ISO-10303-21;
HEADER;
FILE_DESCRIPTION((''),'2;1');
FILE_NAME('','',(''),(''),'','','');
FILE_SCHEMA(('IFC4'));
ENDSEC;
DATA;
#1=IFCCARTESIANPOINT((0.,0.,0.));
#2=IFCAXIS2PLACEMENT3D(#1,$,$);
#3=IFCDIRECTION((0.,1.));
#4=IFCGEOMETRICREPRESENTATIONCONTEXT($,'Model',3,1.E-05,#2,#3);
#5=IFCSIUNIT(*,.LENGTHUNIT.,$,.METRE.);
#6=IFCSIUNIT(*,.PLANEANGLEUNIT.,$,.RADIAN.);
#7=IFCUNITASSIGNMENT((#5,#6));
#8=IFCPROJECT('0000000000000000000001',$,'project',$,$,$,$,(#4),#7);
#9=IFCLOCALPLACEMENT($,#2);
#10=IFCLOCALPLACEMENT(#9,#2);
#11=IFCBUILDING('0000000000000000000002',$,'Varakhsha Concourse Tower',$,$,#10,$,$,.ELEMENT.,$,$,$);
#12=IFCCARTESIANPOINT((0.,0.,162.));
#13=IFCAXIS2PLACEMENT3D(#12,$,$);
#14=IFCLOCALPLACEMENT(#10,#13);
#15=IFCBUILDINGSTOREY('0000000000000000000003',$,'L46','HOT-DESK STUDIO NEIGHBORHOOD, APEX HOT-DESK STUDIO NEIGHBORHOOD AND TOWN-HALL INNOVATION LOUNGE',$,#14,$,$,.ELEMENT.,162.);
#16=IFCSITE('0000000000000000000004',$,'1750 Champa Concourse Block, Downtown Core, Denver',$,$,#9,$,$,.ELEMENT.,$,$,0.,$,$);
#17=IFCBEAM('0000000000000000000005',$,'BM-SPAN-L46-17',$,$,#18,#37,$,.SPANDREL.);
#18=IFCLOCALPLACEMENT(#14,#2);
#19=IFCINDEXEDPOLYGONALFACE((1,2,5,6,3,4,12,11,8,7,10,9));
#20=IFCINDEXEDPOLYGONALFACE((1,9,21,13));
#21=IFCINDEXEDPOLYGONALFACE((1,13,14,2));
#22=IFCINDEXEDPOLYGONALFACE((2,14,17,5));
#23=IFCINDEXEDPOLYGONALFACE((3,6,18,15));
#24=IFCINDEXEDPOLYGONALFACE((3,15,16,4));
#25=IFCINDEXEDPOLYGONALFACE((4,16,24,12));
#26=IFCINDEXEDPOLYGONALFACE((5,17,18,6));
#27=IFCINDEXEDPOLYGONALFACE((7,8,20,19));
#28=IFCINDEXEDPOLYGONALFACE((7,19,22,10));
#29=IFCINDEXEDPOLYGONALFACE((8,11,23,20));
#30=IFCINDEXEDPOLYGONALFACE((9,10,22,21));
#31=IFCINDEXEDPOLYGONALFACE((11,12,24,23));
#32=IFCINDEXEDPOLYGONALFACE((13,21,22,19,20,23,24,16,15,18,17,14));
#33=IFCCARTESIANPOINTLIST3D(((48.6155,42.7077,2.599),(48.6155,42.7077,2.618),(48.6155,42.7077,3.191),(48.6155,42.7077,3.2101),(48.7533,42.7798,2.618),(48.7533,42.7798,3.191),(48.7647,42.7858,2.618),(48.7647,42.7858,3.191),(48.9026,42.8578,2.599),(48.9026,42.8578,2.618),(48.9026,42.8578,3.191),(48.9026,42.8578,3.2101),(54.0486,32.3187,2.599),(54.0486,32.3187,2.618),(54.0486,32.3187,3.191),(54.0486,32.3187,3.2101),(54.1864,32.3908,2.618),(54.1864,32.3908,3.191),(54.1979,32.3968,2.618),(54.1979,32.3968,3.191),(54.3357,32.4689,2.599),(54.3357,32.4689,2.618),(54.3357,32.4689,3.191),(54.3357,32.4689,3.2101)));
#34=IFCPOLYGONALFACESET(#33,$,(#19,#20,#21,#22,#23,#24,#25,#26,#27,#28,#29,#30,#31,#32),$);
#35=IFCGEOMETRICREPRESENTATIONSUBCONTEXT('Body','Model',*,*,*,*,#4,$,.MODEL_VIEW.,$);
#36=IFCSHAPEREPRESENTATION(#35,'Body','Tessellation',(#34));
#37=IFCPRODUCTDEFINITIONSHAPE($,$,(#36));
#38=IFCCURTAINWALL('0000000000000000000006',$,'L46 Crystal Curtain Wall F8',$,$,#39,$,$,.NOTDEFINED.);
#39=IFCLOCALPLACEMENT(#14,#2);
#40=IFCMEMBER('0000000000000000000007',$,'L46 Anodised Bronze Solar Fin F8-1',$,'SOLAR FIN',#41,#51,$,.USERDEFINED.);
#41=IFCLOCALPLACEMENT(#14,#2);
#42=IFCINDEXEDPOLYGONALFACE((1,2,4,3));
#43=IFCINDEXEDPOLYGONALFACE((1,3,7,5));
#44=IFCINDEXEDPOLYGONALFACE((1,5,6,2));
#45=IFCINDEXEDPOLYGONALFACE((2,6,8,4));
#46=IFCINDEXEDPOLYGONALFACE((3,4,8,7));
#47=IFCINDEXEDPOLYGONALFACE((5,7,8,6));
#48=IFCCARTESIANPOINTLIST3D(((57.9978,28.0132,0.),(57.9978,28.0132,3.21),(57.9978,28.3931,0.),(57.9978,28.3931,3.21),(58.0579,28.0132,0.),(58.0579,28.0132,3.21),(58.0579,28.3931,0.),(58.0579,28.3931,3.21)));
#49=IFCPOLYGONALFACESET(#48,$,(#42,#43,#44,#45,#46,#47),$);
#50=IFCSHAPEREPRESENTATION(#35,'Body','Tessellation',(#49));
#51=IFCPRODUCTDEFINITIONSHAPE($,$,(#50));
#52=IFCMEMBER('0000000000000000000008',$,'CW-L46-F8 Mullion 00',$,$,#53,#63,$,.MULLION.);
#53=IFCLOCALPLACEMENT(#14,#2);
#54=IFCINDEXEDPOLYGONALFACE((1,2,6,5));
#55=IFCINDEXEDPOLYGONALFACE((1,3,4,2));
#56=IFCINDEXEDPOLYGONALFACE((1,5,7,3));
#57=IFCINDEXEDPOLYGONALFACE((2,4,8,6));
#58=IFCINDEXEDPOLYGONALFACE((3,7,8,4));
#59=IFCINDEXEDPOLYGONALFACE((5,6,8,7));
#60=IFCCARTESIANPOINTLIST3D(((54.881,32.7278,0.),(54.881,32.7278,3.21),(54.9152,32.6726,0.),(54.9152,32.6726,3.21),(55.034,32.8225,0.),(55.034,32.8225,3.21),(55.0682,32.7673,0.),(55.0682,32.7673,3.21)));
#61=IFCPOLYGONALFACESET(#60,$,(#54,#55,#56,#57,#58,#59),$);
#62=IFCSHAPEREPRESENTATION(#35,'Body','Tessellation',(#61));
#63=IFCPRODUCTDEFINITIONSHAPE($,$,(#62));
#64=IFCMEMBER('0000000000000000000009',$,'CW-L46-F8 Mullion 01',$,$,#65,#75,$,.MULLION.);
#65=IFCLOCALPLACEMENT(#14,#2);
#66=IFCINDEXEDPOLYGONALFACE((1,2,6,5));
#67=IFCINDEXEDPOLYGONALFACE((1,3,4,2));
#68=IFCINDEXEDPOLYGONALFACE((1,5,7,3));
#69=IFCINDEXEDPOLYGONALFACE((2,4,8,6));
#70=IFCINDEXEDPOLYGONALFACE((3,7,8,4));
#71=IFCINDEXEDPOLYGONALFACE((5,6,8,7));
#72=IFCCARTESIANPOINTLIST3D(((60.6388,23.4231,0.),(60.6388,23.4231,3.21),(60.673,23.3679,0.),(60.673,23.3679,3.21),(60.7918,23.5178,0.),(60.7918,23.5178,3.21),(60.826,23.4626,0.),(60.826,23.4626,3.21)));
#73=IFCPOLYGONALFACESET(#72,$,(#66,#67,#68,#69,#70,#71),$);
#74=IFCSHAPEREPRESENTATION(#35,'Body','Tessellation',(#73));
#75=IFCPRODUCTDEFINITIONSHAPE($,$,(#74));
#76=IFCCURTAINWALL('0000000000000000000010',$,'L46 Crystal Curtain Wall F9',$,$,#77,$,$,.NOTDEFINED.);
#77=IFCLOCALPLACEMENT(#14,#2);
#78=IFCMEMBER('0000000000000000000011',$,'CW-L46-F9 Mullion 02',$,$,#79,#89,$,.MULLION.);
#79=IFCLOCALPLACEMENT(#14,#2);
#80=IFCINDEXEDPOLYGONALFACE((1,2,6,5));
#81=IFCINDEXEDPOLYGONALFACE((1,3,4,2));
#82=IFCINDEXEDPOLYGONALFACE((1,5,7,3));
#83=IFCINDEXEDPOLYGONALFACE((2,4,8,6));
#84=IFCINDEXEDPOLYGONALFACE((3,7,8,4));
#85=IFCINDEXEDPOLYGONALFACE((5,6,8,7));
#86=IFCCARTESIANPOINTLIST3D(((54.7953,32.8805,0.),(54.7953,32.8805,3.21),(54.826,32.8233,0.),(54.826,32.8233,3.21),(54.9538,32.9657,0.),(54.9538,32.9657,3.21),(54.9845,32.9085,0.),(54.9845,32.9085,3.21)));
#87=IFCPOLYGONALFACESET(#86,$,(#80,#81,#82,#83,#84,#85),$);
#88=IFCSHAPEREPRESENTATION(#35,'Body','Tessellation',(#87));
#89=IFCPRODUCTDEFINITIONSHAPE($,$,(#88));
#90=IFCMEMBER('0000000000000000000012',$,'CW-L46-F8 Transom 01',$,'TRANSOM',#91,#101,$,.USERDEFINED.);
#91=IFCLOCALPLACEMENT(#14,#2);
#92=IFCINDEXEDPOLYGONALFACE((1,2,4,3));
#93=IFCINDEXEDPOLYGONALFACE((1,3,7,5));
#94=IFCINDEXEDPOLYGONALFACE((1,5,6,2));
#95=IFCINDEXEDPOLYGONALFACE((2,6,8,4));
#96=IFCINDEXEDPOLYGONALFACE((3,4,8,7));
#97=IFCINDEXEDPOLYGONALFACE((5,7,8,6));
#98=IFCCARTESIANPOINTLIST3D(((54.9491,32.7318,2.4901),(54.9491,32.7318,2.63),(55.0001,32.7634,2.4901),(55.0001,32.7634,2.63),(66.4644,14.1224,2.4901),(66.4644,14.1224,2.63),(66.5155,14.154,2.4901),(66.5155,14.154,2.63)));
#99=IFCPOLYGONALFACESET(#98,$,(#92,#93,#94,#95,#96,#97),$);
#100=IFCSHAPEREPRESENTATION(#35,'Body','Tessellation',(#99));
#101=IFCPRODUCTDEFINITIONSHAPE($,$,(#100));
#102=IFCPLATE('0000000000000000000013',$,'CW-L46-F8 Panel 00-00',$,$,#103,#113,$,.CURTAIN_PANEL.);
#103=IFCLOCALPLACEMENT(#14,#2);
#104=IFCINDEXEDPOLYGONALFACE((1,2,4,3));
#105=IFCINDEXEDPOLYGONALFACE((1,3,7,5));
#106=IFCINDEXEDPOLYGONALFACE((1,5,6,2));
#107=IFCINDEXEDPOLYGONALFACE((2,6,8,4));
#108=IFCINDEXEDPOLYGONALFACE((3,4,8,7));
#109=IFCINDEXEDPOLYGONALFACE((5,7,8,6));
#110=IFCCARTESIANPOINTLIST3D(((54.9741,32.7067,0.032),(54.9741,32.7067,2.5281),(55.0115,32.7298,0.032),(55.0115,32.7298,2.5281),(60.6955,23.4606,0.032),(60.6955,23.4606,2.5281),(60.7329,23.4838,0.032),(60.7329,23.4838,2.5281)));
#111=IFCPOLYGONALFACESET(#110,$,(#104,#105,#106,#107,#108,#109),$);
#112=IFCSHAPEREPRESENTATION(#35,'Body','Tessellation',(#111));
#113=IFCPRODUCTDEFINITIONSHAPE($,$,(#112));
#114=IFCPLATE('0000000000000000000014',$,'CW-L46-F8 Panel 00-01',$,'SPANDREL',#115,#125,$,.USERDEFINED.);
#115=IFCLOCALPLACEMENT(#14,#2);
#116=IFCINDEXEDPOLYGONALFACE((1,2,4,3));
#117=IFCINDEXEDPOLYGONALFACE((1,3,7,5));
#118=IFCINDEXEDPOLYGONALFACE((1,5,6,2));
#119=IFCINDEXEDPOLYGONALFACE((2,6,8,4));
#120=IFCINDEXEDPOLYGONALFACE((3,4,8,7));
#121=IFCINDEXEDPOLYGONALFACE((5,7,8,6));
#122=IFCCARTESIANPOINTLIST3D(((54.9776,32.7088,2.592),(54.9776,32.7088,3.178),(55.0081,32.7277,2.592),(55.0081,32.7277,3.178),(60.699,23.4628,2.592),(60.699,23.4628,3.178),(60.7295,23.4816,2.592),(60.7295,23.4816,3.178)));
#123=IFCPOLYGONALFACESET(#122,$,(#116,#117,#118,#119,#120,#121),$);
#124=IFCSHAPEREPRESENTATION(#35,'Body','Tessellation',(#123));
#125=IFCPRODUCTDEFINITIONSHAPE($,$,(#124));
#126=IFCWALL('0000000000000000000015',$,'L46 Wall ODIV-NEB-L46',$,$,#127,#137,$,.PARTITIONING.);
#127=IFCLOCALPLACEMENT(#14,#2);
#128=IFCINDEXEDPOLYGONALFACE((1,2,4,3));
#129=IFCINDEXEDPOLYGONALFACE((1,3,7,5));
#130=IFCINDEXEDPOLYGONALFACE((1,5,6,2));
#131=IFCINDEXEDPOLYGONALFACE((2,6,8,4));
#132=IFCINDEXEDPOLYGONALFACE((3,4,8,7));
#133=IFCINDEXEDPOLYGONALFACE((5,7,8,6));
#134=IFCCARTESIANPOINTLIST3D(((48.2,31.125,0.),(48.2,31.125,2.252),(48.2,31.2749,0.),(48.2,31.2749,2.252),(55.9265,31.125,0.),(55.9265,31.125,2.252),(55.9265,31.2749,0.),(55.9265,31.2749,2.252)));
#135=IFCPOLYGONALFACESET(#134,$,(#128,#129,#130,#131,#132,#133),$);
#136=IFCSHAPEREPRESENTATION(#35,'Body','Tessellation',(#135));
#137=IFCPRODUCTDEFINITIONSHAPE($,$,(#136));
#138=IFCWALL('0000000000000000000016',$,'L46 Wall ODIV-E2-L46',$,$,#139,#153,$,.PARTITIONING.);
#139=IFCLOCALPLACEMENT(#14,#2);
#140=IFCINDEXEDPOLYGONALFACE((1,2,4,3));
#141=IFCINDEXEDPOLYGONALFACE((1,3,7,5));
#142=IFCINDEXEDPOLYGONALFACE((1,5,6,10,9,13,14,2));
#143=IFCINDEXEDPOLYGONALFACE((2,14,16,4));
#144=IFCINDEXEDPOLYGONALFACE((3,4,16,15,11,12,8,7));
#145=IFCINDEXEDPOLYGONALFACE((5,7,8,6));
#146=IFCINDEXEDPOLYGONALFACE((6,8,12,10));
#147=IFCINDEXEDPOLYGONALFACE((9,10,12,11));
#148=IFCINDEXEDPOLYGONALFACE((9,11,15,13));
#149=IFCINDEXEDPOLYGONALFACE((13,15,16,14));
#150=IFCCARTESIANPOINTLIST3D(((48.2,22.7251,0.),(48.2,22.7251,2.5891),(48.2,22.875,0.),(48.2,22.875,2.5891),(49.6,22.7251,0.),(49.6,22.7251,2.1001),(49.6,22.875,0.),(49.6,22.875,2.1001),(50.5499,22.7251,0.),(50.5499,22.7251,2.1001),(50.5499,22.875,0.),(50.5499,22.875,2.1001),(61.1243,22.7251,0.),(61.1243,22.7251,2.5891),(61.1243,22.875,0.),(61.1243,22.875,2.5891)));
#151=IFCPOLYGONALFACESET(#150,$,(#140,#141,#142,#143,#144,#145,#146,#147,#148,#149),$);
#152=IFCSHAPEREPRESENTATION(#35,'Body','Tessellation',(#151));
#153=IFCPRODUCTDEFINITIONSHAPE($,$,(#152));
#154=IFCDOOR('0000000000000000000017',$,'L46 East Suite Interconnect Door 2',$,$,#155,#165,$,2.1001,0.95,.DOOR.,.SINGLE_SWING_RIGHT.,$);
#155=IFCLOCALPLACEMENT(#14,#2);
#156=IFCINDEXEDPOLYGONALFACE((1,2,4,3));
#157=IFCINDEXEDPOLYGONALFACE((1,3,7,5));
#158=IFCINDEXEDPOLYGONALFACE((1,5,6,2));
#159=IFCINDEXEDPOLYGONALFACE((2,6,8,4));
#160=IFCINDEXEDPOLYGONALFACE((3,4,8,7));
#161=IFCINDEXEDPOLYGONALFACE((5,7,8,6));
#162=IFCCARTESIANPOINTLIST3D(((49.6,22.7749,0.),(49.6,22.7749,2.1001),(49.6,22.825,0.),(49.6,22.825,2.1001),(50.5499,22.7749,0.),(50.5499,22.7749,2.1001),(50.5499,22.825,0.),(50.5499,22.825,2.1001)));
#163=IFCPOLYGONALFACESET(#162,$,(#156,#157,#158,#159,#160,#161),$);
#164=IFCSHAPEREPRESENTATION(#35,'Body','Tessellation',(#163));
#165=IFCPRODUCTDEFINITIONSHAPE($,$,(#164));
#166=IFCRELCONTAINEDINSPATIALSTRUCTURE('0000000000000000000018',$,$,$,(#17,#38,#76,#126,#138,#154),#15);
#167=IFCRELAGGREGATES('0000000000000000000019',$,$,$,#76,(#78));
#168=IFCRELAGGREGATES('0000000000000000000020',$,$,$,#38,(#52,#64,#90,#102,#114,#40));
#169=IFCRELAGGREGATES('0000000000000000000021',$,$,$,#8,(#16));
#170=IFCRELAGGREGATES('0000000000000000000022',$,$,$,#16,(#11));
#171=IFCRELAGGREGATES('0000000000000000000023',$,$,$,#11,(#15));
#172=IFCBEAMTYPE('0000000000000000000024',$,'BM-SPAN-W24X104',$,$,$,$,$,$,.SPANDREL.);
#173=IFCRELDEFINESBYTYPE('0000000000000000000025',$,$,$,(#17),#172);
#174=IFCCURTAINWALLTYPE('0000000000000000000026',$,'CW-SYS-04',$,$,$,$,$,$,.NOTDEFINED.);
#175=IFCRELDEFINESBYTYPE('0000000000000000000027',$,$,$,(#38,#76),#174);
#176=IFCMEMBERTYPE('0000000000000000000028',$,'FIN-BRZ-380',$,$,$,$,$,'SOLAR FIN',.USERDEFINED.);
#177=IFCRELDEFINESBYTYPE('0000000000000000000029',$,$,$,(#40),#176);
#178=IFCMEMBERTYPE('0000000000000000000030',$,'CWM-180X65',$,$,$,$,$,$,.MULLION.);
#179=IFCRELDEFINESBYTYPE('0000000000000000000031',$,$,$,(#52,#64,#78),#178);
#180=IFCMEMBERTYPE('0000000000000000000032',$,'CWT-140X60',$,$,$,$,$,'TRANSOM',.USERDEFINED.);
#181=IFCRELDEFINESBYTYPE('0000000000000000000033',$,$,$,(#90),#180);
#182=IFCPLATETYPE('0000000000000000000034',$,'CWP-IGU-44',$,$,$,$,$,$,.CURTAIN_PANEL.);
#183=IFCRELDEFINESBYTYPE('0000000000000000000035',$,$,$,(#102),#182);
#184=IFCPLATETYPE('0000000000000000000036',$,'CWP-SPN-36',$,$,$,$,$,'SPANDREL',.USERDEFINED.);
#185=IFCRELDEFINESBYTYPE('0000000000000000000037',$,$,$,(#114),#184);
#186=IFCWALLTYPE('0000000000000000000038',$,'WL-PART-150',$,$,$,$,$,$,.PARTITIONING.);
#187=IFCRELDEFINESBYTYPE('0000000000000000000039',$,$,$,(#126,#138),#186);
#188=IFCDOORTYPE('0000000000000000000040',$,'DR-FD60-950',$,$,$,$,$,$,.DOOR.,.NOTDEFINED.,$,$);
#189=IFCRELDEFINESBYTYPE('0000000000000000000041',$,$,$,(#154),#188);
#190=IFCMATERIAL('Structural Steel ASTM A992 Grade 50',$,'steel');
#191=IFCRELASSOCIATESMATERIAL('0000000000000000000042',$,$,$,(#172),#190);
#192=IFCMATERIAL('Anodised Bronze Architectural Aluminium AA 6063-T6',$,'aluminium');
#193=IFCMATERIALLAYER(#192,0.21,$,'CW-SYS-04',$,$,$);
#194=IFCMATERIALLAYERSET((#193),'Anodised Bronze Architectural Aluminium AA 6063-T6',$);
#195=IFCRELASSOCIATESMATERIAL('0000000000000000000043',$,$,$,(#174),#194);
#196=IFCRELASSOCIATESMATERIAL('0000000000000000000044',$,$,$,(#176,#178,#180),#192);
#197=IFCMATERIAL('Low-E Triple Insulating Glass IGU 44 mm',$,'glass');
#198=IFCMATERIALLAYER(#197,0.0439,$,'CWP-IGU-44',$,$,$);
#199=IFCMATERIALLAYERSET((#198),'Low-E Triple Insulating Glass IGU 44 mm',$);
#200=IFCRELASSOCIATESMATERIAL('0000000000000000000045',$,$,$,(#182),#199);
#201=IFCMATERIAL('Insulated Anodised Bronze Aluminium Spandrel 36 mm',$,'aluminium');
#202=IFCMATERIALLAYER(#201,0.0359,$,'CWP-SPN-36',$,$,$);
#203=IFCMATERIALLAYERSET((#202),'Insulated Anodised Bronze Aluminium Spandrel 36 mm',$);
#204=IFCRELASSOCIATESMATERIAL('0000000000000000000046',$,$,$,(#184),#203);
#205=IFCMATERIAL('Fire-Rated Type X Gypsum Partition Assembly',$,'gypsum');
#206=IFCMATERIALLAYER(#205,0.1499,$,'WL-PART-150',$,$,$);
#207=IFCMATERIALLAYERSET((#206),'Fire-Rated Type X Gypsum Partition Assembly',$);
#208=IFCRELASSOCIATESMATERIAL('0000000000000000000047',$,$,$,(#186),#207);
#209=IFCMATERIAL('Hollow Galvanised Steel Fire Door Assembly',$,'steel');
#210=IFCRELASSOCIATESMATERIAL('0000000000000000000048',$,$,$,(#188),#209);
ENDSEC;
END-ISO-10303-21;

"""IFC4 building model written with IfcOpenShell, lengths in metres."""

from ifc_helpers import new_model, si_unit, direction, frame, frame_2d, origin, origin_2d, place, context, subcontext, project, spatial, rectangle, i_section, extrude, source, transform, mapped, material, layer, layer_set, material_profile, profile_set, type_object, type_shapes, element, fill, aggregate, save


model = new_model("IFC4")

# Units and contexts
model_context = context("Model", 3, precision=1e-05, world=origin(), true_north=direction((0.0, 1.0)))
body_context = subcontext(model_context, "Body", "Model", "MODEL_VIEW")
ifc_project = project(units=[si_unit("LENGTHUNIT", "METRE"), si_unit("PLANEANGLEUNIT", "RADIAN")], contexts=[model_context])

# Site, building, storey
site_placement = place(None, origin())
site = spatial("IfcSite", under=ifc_project, at=site_placement, Name="1750 Champa Concourse Block, Downtown Core, Denver", CompositionType="ELEMENT", RefElevation=0.0)
building_placement = place(site_placement, origin())
building = spatial("IfcBuilding", under=site, at=building_placement, Name="Varakhsha Concourse Tower", CompositionType="ELEMENT")
storey_placement = place(building_placement, frame((0.0, 0.0, 162.0)))
storey = spatial("IfcBuildingStorey", under=building, at=storey_placement, Name="L46", Description="HOT-DESK STUDIO NEIGHBORHOOD, APEX HOT-DESK STUDIO NEIGHBORHOOD AND TOWN-HALL INNOVATION LOUNGE", CompositionType="ELEMENT", Elevation=162.0)

# Shared definitions
ifc_material_1 = material(Name="Structural Steel ASTM A992 Grade 50", Category="steel")

# Beam
ifc_material_profile_1 = material_profile(ifc_material_1, i_section(OverallWidth=0.324, OverallDepth=0.6111, WebThickness=0.0129, FlangeThickness=0.019, at=origin_2d()), Name="W24X104")
ifc_profile_set_1 = profile_set([ifc_material_profile_1], Name="Structural Steel ASTM A992 Grade 50")
beam_type_1 = type_object("IfcBeamType", Name="BM-SPAN-W24X104", PredefinedType="SPANDREL", material=ifc_profile_set_1)
beam_1_placement = place(storey_placement, frame((54.1921, 32.3938, 2.9045), z_axis=(-0.463424, 0.886137, 0.0), x_axis=(-0.886137, -0.463424, 0.0)))
element("IfcBeam", 1, at=beam_1_placement, inside=storey, type_object=beam_type_1, Name="BM-SPAN-L46-17", PredefinedType="SPANDREL", context=body_context, shape_type="SweptSolid", body=[
    extrude(i_section(OverallWidth=0.324, OverallDepth=0.6111, WebThickness=0.0129, FlangeThickness=0.019, at=origin_2d()), origin(), (0.0, 0.0, 1.0), 11.7239),
])

# Curtain wall, members
ifc_material_2 = material(Name="Anodised Bronze Architectural Aluminium AA 6063-T6", Category="aluminium")
ifc_layer_1 = layer(ifc_material_2, 0.21, Name="CW-SYS-04")
ifc_layer_set_1 = layer_set([ifc_layer_1], Name="Anodised Bronze Architectural Aluminium AA 6063-T6")
curtain_wall_type = type_object("IfcCurtainWallType", Name="CW-SYS-04", PredefinedType="NOTDEFINED", material=ifc_layer_set_1)
curtain_wall_1_placement = place(storey_placement, origin())
curtain_wall_1 = element("IfcCurtainWall", 2, at=curtain_wall_1_placement, inside=storey, type_object=curtain_wall_type, Name="L46 Crystal Curtain Wall F8", PredefinedType="NOTDEFINED")
ifc_material_profile_2 = material_profile(ifc_material_2, rectangle(XDim=0.0601, YDim=0.3799, at=origin_2d()), Name="FIN-BRZ-380")
ifc_profile_set_2 = profile_set([ifc_material_profile_2], Name="Anodised Bronze Architectural Aluminium AA 6063-T6")
member_type_1 = type_object("IfcMemberType", Name="FIN-BRZ-380", ElementType="SOLAR FIN", PredefinedType="USERDEFINED", material=ifc_profile_set_2)
shared_shape_1 = source(origin(), body_context, "Body", "SweptSolid", [
    extrude(rectangle(XDim=0.0601, YDim=0.3799, at=origin_2d()), origin(), (0.0, 0.0, 1.0), 3.21),
])
type_shapes(member_type_1, [shared_shape_1])
member_1_placement = place(storey_placement, frame((58.0278, 28.2031, 0.0), z_axis=(0.0, 0.0, 1.0), x_axis=(1.0, 0.0, 0.0)))
member_1 = element("IfcMember", 3, at=member_1_placement, type_object=member_type_1, Name="L46 Anodised Bronze Solar Fin F8-1", ObjectType="SOLAR FIN", PredefinedType="USERDEFINED", context=body_context, shape_type="MappedRepresentation", body=[
    mapped(shared_shape_1, transform((0.0, 0.0, 0.0), scale=1.0)),
])
ifc_material_profile_3 = material_profile(ifc_material_2, rectangle(XDim=0.0649, YDim=0.1799, at=origin_2d()), Name="CWM-180X65")
ifc_profile_set_3 = profile_set([ifc_material_profile_3], Name="Anodised Bronze Architectural Aluminium AA 6063-T6")
member_type_2 = type_object("IfcMemberType", Name="CWM-180X65", PredefinedType="MULLION", material=ifc_profile_set_3)
shared_shape_2 = source(origin(), body_context, "Body", "SweptSolid", [
    extrude(rectangle(XDim=0.0649, YDim=0.1799, at=origin_2d()), origin(), (0.0, 0.0, 1.0), 3.21),
])
type_shapes(member_type_2, [shared_shape_2])
member_2_placement = place(storey_placement, frame((54.9746, 32.7476, 0.0), z_axis=(0.0, 0.0, 1.0), x_axis=(0.526199, -0.850361, 0.0)))
member_2 = element("IfcMember", 4, at=member_2_placement, type_object=member_type_2, Name="CW-L46-F8 Mullion 00", PredefinedType="MULLION", context=body_context, shape_type="MappedRepresentation", body=[
    mapped(shared_shape_2, transform((0.0, 0.0, 0.0), scale=1.0)),
])
member_3_placement = place(storey_placement, frame((60.7324, 23.4429, 0.0), z_axis=(0.0, 0.0, 1.0), x_axis=(0.526199, -0.850361, 0.0)))
member_3 = element("IfcMember", 5, at=member_3_placement, type_object=member_type_2, Name="CW-L46-F8 Mullion 01", PredefinedType="MULLION", context=body_context, shape_type="MappedRepresentation", body=[
    mapped(shared_shape_2, transform((0.0, 0.0, 0.0), scale=1.0)),
])

# Curtain wall, member
curtain_wall_2_placement = place(storey_placement, origin())
curtain_wall_2 = element("IfcCurtainWall", 6, at=curtain_wall_2_placement, inside=storey, type_object=curtain_wall_type, Name="L46 Crystal Curtain Wall F9", PredefinedType="NOTDEFINED")
member_4_placement = place(storey_placement, frame((54.8899, 32.8945, 0.0), z_axis=(0.0, 0.0, 1.0), x_axis=(0.473337, -0.880882, 0.0)))
member_4 = element("IfcMember", 7, at=member_4_placement, type_object=member_type_2, Name="CW-L46-F9 Mullion 02", PredefinedType="MULLION", context=body_context, shape_type="MappedRepresentation", body=[
    mapped(shared_shape_2, transform((0.0, 0.0, 0.0), scale=1.0)),
])
aggregate(curtain_wall_2, [member_4])

# Member
ifc_material_profile_4 = material_profile(ifc_material_2, rectangle(XDim=0.0601, YDim=0.1399, at=origin_2d()), Name="CWT-140X60")
ifc_profile_set_4 = profile_set([ifc_material_profile_4], Name="Anodised Bronze Architectural Aluminium AA 6063-T6")
member_type_3 = type_object("IfcMemberType", Name="CWT-140X60", ElementType="TRANSOM", PredefinedType="USERDEFINED", material=ifc_profile_set_4)
shared_shape_3 = source(origin(), body_context, "Body", "SweptSolid", [
    extrude(rectangle(XDim=0.0601, YDim=0.1399, at=origin_2d()), origin(), (0.0, 0.0, 1.0), 21.884),
])
type_shapes(member_type_3, [shared_shape_3])
member_5_placement = place(storey_placement, frame((54.9746, 32.7476, 2.5601), z_axis=(0.526199, -0.850361, 0.0), x_axis=(0.850361, 0.526199, 0.0)))
member_5 = element("IfcMember", 8, at=member_5_placement, type_object=member_type_3, Name="CW-L46-F8 Transom 01", ObjectType="TRANSOM", PredefinedType="USERDEFINED", context=body_context, shape_type="MappedRepresentation", body=[
    mapped(shared_shape_3, transform((0.0, 0.0, 0.0), scale=1.0)),
])

# Plates
ifc_material_3 = material(Name="Low-E Triple Insulating Glass IGU 44 mm", Category="glass")
ifc_layer_2 = layer(ifc_material_3, 0.0439, Name="CWP-IGU-44")
ifc_layer_set_2 = layer_set([ifc_layer_2], Name="Low-E Triple Insulating Glass IGU 44 mm")
plate_type_1 = type_object("IfcPlateType", Name="CWP-IGU-44", PredefinedType="CURTAIN_PANEL", material=ifc_layer_set_2)
shared_shape_4 = source(origin(), body_context, "Body", "SweptSolid", [
    extrude(rectangle(XDim=10.873, YDim=0.0439, at=origin_2d()), origin(), (0.0, 0.0, 1.0), 2.4961),
])
type_shapes(plate_type_1, [shared_shape_4])
plate_1_placement = place(storey_placement, frame((57.8535, 28.0952, 0.032), z_axis=(0.0, 0.0, 1.0), x_axis=(0.526199, -0.850361, 0.0)))
plate_1 = element("IfcPlate", 9, at=plate_1_placement, type_object=plate_type_1, Name="CW-L46-F8 Panel 00-00", PredefinedType="CURTAIN_PANEL", context=body_context, shape_type="MappedRepresentation", body=[
    mapped(shared_shape_4, transform((0.0, 0.0, 0.0), scale=1.0)),
])
ifc_material_4 = material(Name="Insulated Anodised Bronze Aluminium Spandrel 36 mm", Category="aluminium")
ifc_layer_3 = layer(ifc_material_4, 0.0359, Name="CWP-SPN-36")
ifc_layer_set_3 = layer_set([ifc_layer_3], Name="Insulated Anodised Bronze Aluminium Spandrel 36 mm")
plate_type_2 = type_object("IfcPlateType", Name="CWP-SPN-36", ElementType="SPANDREL", PredefinedType="USERDEFINED", material=ifc_layer_set_3)
shared_shape_5 = source(origin(), body_context, "Body", "SweptSolid", [
    extrude(rectangle(XDim=10.873, YDim=0.0359, at=origin_2d()), origin(), (0.0, 0.0, 1.0), 0.5859),
])
type_shapes(plate_type_2, [shared_shape_5])
plate_2_placement = place(storey_placement, frame((57.8535, 28.0952, 2.592), z_axis=(0.0, 0.0, 1.0), x_axis=(0.526199, -0.850361, 0.0)))
plate_2 = element("IfcPlate", 10, at=plate_2_placement, type_object=plate_type_2, Name="CW-L46-F8 Panel 00-01", ObjectType="SPANDREL", PredefinedType="USERDEFINED", context=body_context, shape_type="MappedRepresentation", body=[
    mapped(shared_shape_5, transform((0.0, 0.0, 0.0), scale=1.0)),
])
aggregate(curtain_wall_1, [member_2, member_3, member_5, plate_1, plate_2, member_1])

# Wall
ifc_material_5 = material(Name="Fire-Rated Type X Gypsum Partition Assembly", Category="gypsum")
ifc_layer_4 = layer(ifc_material_5, 0.1499, Name="WL-PART-150")
ifc_layer_set_4 = layer_set([ifc_layer_4], Name="Fire-Rated Type X Gypsum Partition Assembly")
wall_type_1 = type_object("IfcWallType", Name="WL-PART-150", PredefinedType="PARTITIONING", material=ifc_layer_set_4)
wall_1_placement = place(storey_placement, frame((48.2, 31.2, 0.0), z_axis=(0.0, 0.0, 1.0), x_axis=(1.0, 0.0, 0.0)))
element("IfcWall", 11, at=wall_1_placement, inside=storey, type_object=wall_type_1, Name="L46 Wall ODIV-NEB-L46", PredefinedType="PARTITIONING", context=body_context, shape_type="SweptSolid", body=[
    extrude(rectangle(XDim=7.7266, YDim=0.1499, at=frame_2d((3.8633, 0.0))), origin(), (0.0, 0.0, 1.0), 2.252),
])

# Wall, opening, door
wall_2_placement = place(storey_placement, frame((48.2, 22.8, 0.0), z_axis=(0.0, 0.0, 1.0), x_axis=(1.0, 0.0, 0.0)))
wall_2 = element("IfcWall", 12, at=wall_2_placement, inside=storey, type_object=wall_type_1, Name="L46 Wall ODIV-E2-L46", PredefinedType="PARTITIONING", context=body_context, shape_type="SweptSolid", body=[
    extrude(rectangle(XDim=12.9243, YDim=0.1499, at=frame_2d((6.4622, 0.0))), origin(), (0.0, 0.0, 1.0), 2.5891),
])
opening_placement = place(wall_2_placement, frame((1.3999, 0.0, 0.0)))
opening = element("IfcOpeningElement", 13, at=opening_placement, cuts=wall_2, PredefinedType="OPENING", context=body_context, shape_type="SweptSolid", body=[
    extrude(rectangle(XDim=0.95, YDim=2.1001, at=frame_2d((0.4751, 1.05))), frame((0.0, 0.085, 0.0), z_axis=(0.0, -1.0, 0.0), x_axis=(1.0, 0.0, 0.0)), (0.0, 0.0, 1.0), 0.1699),
])
ifc_material_6 = material(Name="Hollow Galvanised Steel Fire Door Assembly", Category="steel")
door_type = type_object("IfcDoorType", Name="DR-FD60-950", OperationType="NOTDEFINED", PredefinedType="DOOR", material=ifc_material_6)
door_placement = place(opening_placement, origin())
door = element("IfcDoor", 14, at=door_placement, inside=storey, type_object=door_type, Name="L46 East Suite Interconnect Door 2", OperationType="SINGLE_SWING_RIGHT", OverallHeight=2.1001, OverallWidth=0.95, PredefinedType="DOOR", context=body_context, shape_type="SweptSolid", body=[
    extrude(rectangle(XDim=0.95, YDim=2.1001, at=frame_2d((0.4751, 1.05))), frame((0.0, 0.0249, 0.0), z_axis=(0.0, -1.0, 0.0), x_axis=(1.0, 0.0, 0.0)), (0.0, 0.0, 1.0), 0.05),
])
fill(opening, door)

save(model, "model.ifc")
